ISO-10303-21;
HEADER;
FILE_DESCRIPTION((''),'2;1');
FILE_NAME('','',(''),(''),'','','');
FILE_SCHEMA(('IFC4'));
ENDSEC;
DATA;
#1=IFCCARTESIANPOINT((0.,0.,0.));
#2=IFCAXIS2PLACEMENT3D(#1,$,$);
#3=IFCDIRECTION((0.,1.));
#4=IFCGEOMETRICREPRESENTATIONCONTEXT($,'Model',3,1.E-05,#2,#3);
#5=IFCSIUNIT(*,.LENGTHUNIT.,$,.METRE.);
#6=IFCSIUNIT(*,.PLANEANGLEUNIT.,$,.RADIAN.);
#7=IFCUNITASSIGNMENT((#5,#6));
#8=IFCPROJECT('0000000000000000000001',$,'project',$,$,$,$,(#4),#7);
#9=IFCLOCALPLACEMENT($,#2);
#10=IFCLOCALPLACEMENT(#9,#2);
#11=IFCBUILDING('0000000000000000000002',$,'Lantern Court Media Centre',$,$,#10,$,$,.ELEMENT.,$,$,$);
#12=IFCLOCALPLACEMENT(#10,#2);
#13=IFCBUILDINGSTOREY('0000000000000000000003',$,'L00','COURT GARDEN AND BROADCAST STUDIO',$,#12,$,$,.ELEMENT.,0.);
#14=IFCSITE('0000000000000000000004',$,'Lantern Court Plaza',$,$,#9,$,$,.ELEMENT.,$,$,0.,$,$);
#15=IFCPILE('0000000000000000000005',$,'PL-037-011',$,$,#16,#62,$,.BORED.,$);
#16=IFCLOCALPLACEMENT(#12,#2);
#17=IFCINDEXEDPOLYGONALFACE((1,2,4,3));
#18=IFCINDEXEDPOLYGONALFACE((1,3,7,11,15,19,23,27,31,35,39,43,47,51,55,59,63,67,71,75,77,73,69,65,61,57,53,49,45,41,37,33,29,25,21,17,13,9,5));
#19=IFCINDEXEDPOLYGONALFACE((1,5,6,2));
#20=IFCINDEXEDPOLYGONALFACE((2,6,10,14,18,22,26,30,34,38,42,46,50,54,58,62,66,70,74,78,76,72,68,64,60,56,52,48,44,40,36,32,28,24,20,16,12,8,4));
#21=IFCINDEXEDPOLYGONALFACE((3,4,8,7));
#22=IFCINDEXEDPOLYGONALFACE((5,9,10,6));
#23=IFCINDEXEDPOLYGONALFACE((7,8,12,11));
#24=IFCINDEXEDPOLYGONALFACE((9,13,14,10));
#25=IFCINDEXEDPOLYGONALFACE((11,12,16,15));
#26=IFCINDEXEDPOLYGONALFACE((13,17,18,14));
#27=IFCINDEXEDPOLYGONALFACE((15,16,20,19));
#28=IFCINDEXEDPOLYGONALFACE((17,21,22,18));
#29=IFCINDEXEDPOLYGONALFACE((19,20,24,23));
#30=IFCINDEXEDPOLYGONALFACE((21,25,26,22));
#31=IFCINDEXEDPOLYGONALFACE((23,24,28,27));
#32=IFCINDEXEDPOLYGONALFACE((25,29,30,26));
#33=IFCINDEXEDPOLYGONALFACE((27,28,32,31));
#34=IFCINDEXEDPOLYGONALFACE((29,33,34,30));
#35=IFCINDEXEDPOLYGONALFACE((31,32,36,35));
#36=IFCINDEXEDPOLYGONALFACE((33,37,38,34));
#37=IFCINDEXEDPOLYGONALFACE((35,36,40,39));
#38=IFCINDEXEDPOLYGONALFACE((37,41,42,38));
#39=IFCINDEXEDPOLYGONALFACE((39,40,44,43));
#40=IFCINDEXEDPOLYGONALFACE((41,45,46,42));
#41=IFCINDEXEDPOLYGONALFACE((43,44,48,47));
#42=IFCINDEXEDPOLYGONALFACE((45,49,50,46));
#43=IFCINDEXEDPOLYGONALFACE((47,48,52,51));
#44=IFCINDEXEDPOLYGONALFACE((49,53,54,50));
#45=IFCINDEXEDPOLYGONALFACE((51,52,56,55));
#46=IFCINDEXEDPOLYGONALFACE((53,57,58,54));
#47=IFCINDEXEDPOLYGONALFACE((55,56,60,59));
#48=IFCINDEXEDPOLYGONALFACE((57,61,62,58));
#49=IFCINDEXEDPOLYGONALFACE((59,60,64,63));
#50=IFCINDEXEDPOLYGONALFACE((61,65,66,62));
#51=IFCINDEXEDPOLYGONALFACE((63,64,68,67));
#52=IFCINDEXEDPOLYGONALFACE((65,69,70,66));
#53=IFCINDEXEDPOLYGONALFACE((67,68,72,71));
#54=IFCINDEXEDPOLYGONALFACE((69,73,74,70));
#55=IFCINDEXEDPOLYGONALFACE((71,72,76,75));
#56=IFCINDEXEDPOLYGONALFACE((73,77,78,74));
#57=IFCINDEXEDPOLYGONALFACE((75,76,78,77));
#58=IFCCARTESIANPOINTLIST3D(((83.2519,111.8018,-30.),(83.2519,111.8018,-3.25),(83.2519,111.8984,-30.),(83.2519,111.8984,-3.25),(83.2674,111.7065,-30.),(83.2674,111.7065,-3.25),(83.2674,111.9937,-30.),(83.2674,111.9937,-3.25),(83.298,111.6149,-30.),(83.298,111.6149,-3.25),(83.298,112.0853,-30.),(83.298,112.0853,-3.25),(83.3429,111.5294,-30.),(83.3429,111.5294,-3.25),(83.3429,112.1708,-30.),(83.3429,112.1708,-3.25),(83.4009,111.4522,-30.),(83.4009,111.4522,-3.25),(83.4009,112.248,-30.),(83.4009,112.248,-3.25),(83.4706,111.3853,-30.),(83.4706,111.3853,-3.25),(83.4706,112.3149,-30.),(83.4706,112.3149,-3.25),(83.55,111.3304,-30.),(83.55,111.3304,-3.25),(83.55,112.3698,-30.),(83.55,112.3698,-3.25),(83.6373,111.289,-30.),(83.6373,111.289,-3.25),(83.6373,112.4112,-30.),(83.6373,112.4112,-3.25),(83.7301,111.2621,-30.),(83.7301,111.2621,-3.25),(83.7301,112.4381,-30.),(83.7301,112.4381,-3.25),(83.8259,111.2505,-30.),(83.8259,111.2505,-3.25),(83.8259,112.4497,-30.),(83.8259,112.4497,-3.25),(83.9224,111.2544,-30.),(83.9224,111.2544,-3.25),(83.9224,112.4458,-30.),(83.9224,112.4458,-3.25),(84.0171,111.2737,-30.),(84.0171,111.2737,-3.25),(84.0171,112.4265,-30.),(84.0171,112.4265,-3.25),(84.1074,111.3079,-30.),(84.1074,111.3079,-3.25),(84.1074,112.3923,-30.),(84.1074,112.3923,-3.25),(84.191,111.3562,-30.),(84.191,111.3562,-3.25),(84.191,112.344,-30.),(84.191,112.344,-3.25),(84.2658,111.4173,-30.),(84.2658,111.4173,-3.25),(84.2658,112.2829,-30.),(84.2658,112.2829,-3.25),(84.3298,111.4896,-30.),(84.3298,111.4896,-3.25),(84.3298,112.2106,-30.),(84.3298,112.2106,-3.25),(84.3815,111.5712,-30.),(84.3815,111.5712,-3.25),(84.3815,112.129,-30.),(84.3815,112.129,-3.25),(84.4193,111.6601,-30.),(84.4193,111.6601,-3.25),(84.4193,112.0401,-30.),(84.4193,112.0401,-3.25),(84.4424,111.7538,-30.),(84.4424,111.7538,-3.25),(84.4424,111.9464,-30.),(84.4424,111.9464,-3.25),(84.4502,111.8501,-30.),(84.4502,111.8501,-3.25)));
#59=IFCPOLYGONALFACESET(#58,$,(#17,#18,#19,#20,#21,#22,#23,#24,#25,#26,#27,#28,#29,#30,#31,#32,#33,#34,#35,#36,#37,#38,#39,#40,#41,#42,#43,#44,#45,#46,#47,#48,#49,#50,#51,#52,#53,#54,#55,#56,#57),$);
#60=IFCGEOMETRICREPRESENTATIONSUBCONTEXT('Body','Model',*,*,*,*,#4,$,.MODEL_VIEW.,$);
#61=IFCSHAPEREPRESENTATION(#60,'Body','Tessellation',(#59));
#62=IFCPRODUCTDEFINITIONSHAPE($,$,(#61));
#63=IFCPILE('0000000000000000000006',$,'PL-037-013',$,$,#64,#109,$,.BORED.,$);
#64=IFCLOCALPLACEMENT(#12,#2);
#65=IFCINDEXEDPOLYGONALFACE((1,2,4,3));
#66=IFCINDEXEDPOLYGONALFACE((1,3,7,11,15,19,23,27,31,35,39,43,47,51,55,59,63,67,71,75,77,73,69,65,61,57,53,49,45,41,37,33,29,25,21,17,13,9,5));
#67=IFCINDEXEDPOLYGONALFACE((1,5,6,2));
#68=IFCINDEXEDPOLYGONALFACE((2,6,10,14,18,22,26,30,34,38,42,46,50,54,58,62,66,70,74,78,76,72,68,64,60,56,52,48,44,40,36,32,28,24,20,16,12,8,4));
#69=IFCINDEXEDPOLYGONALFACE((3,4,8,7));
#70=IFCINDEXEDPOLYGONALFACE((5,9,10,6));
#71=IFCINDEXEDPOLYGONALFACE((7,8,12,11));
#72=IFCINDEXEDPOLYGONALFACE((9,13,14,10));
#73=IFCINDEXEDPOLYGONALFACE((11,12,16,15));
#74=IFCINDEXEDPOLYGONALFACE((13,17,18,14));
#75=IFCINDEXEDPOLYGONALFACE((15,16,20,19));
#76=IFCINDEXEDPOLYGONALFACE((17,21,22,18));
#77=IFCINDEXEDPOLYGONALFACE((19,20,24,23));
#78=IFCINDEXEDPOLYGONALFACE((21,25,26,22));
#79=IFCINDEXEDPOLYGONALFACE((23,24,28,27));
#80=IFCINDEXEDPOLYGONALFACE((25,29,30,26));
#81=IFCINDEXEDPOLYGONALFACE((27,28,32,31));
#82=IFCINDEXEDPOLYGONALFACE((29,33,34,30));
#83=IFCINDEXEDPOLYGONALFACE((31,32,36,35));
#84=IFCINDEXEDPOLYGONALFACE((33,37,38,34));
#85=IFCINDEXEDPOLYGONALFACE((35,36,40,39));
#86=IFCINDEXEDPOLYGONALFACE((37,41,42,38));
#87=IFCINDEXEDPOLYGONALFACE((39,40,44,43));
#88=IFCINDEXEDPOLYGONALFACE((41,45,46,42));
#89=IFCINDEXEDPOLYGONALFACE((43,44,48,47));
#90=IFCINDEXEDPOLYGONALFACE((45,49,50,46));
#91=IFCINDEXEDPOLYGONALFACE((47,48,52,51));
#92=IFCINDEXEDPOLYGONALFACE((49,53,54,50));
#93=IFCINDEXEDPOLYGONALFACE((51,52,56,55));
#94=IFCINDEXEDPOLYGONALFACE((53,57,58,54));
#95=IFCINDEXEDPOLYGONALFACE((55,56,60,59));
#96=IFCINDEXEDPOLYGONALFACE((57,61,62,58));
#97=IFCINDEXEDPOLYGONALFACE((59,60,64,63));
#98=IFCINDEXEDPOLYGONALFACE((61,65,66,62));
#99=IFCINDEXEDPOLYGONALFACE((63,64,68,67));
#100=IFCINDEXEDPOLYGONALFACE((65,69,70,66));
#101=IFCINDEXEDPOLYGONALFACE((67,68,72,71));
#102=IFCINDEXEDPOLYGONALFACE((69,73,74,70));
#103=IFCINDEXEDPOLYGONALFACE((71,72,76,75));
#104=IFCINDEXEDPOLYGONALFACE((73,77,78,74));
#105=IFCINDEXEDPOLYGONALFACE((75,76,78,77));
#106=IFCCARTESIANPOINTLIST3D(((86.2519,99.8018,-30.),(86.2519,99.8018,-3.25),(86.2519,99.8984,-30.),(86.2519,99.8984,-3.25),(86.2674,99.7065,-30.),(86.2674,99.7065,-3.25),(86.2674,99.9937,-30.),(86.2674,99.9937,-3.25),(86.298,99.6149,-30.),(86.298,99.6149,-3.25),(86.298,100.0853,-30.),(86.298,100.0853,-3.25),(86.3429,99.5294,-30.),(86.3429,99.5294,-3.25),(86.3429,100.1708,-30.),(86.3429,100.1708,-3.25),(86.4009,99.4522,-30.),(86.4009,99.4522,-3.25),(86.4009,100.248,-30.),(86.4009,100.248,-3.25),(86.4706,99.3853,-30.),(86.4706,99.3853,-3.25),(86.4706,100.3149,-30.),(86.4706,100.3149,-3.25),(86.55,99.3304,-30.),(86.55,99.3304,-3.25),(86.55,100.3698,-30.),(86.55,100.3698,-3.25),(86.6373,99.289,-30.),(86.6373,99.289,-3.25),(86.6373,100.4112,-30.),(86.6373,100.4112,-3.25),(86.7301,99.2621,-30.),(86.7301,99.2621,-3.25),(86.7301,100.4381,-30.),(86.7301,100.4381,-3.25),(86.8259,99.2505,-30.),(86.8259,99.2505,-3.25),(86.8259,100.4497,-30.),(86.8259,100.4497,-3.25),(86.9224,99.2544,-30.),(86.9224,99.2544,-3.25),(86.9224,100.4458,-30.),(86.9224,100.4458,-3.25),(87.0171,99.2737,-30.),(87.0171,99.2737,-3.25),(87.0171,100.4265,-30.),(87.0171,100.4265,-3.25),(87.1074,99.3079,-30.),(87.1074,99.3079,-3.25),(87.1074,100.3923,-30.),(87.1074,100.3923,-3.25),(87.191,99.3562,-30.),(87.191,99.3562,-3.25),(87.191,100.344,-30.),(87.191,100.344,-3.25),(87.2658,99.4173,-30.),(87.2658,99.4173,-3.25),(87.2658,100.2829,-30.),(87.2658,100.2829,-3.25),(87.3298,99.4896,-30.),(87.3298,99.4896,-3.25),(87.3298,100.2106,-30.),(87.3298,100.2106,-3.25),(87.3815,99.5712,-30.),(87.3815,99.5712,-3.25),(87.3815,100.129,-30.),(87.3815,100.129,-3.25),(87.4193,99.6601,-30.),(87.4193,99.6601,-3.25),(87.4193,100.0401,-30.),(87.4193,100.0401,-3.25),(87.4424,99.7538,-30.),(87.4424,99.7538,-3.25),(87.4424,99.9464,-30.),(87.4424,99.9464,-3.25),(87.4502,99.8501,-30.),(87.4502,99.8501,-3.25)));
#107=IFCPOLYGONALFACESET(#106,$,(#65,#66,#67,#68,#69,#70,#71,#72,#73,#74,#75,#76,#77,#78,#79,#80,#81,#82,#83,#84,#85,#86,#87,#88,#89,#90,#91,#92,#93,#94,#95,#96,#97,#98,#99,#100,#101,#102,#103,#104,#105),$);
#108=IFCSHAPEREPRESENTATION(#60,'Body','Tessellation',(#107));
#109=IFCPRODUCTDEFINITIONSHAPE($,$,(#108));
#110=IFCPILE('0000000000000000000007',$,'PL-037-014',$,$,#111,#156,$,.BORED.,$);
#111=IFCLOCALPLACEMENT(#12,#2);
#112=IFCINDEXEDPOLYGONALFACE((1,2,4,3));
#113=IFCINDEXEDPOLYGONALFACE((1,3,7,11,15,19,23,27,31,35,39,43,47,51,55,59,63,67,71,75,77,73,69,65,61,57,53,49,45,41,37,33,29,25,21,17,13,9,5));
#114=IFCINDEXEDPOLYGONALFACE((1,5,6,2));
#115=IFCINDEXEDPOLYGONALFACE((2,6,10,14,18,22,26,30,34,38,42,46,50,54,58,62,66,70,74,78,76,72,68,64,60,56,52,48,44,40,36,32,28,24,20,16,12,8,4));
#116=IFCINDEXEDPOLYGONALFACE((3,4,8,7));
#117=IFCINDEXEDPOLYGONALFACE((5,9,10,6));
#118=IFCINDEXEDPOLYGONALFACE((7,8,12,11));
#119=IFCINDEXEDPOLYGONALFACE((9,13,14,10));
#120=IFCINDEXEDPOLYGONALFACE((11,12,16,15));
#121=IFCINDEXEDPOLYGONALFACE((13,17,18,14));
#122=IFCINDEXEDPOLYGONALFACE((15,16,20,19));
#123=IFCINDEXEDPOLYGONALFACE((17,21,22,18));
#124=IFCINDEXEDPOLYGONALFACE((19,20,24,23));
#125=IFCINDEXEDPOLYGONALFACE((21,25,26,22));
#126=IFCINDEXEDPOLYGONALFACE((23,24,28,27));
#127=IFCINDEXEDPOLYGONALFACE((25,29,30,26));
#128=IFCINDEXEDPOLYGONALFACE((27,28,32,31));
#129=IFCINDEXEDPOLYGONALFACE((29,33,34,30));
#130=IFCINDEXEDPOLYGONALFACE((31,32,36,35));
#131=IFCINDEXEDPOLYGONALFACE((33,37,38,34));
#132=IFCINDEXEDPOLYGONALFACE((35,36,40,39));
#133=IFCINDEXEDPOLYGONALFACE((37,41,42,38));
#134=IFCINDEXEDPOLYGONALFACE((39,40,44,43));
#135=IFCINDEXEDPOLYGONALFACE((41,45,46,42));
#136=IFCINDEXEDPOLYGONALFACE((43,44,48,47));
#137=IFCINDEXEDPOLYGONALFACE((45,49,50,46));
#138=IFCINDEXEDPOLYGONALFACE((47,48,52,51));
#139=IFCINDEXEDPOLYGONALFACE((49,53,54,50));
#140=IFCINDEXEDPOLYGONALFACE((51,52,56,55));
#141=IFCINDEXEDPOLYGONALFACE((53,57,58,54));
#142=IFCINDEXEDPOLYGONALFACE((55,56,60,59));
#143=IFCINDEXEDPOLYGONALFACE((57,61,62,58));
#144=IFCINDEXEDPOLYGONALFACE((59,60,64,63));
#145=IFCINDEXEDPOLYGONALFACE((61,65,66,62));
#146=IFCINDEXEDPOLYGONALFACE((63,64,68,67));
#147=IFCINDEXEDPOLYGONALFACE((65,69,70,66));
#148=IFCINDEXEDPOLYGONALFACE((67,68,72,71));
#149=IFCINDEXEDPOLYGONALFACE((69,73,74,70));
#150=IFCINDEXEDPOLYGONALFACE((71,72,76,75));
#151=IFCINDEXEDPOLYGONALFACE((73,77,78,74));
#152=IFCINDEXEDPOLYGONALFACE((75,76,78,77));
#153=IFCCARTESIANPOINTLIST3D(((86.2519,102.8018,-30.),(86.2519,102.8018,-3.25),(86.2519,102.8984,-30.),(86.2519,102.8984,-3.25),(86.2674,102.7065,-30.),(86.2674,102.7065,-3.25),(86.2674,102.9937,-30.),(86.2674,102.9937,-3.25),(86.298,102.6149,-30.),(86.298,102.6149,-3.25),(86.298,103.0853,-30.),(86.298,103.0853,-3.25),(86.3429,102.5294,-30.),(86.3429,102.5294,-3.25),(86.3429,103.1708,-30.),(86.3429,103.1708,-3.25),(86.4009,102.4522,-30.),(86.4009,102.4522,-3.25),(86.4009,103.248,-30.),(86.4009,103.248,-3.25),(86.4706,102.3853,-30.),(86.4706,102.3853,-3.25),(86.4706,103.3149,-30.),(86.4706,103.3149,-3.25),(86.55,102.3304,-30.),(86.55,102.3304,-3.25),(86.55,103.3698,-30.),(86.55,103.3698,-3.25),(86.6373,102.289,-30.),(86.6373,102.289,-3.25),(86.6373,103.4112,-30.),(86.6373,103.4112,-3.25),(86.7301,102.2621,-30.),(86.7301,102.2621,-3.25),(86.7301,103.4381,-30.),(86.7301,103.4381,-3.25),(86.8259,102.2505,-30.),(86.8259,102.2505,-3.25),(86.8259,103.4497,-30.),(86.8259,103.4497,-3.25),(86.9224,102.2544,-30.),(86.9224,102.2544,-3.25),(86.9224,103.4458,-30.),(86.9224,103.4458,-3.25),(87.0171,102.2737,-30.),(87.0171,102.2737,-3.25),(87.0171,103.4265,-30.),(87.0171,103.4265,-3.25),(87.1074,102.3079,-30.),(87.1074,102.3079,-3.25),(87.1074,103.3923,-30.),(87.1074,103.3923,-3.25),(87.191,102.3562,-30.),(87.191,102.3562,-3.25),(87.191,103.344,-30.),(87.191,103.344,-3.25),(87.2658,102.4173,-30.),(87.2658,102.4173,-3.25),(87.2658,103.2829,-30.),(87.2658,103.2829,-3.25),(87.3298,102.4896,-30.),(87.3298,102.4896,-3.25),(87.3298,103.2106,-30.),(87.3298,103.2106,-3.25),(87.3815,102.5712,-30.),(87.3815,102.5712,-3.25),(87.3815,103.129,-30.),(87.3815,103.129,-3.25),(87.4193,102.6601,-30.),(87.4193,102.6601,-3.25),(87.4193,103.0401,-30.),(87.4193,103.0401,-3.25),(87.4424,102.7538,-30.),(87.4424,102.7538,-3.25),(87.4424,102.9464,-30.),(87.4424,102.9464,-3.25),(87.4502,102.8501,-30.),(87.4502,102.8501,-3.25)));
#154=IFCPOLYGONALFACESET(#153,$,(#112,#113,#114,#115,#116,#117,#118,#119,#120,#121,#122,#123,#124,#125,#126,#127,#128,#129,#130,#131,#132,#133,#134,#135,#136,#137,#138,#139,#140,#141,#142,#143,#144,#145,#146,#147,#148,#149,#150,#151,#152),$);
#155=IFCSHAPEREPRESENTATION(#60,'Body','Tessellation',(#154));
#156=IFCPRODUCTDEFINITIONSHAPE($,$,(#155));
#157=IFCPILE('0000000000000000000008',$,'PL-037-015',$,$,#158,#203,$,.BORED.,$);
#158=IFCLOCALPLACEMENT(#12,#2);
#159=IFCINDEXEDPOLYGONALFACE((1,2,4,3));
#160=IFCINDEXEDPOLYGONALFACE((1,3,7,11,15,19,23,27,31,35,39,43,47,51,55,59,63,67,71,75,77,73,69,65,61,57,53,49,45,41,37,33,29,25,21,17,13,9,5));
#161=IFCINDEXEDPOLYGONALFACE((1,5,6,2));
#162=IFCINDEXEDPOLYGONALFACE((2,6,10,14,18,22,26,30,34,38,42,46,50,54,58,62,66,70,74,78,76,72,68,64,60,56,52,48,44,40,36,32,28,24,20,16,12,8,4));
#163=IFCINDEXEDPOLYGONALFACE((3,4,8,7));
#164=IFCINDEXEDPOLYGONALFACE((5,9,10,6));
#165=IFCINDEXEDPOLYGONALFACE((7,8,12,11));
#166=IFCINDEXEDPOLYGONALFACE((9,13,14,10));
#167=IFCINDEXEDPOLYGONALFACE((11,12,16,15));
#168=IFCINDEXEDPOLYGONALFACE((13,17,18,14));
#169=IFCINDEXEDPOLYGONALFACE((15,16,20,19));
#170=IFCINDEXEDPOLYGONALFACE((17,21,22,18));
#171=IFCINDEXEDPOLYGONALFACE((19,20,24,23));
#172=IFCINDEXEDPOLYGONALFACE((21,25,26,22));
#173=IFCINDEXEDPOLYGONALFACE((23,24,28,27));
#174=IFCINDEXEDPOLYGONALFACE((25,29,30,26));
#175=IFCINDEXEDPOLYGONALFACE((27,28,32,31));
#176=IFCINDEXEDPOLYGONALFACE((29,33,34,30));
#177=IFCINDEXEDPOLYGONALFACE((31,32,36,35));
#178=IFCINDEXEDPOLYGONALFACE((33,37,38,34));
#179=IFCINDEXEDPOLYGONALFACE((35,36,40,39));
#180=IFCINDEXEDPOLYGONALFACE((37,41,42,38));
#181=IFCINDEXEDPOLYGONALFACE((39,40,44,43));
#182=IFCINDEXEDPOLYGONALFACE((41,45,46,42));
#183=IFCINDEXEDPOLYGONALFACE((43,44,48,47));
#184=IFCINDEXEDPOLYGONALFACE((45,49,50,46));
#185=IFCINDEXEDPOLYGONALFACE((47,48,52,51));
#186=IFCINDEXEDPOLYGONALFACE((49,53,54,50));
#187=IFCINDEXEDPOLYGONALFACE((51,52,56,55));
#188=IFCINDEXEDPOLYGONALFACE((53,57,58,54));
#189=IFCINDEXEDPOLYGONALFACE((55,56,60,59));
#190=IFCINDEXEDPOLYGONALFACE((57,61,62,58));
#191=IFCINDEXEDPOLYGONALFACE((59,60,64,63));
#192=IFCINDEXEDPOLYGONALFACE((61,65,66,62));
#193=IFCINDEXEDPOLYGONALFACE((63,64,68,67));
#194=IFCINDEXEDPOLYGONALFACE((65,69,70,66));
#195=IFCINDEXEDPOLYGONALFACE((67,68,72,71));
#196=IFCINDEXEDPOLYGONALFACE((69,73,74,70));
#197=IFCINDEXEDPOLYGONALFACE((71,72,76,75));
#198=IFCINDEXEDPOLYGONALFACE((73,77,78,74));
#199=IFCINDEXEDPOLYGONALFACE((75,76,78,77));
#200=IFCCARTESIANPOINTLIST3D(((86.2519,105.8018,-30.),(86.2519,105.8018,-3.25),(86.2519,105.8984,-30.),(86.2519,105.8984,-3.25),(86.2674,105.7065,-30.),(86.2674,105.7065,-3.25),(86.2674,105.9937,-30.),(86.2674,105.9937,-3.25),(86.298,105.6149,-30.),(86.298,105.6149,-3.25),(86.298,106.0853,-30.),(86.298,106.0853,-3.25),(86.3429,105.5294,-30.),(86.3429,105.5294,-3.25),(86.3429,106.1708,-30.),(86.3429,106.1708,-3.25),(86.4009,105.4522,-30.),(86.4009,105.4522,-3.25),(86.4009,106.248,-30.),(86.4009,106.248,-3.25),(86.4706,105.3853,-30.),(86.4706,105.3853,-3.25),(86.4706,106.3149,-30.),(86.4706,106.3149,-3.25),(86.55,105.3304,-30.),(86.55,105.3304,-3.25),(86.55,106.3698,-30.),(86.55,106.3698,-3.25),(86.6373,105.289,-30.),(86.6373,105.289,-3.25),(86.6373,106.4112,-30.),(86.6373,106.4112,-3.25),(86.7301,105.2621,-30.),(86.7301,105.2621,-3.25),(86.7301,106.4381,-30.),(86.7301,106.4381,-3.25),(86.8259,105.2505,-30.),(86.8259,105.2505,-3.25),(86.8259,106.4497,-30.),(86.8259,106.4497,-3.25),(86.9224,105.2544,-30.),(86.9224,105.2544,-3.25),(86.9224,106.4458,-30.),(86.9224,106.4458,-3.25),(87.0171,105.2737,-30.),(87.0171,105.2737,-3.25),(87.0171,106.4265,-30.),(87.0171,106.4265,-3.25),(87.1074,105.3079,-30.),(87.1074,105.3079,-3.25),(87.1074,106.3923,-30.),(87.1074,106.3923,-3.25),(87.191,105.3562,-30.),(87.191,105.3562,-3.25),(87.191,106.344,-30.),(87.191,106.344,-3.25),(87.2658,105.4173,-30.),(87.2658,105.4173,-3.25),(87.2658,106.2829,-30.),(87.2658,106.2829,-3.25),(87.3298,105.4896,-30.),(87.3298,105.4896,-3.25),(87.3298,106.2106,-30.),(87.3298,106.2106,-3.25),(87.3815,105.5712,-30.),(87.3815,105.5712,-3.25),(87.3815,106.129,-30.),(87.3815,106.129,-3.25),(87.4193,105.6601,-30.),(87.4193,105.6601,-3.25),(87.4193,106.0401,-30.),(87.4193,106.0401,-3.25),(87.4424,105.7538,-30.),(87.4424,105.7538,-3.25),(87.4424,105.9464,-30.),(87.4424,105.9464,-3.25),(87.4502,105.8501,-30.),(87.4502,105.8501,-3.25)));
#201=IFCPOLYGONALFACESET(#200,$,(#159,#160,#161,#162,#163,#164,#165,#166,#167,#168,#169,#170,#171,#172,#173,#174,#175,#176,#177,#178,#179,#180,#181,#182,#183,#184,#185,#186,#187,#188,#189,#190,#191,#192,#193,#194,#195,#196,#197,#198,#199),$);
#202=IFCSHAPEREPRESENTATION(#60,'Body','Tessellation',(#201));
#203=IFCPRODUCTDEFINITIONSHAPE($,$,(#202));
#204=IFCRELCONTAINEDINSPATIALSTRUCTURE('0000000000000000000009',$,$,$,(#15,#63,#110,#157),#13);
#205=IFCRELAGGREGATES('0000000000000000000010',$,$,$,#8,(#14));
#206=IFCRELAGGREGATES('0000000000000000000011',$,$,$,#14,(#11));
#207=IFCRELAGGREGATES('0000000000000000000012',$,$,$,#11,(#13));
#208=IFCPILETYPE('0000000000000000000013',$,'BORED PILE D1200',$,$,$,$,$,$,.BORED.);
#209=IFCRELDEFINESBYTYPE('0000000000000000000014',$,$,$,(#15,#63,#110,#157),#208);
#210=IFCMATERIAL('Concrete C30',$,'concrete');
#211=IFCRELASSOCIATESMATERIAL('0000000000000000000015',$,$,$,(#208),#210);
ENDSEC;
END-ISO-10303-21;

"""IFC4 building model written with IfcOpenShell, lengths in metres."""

from ifc_helpers import new_model, si_unit, direction, frame, origin, origin_2d, place, context, subcontext, project, spatial, circle, extrude, material, material_profile, profile_set, type_object, element, save


model = new_model("IFC4")

# Units and contexts
model_context = context("Model", 3, precision=1e-05, world=origin(), true_north=direction((0.0, 1.0)))
body_context = subcontext(model_context, "Body", "Model", "MODEL_VIEW")
ifc_project = project(units=[si_unit("LENGTHUNIT", "METRE"), si_unit("PLANEANGLEUNIT", "RADIAN")], contexts=[model_context])

# Site, building, storey
site_placement = place(None, origin())
site = spatial("IfcSite", under=ifc_project, at=site_placement, Name="Lantern Court Plaza", CompositionType="ELEMENT", RefElevation=0.0)
building_placement = place(site_placement, origin())
building = spatial("IfcBuilding", under=site, at=building_placement, Name="Lantern Court Media Centre", CompositionType="ELEMENT")
storey_placement = place(building_placement, origin())
storey = spatial("IfcBuildingStorey", under=building, at=storey_placement, Name="L00", Description="COURT GARDEN AND BROADCAST STUDIO", CompositionType="ELEMENT", Elevation=0.0)

# Piles
ifc_material_1 = material(Name="Concrete C30", Category="concrete")
ifc_material_profile = material_profile(ifc_material_1, circle(Radius=0.6001, at=origin_2d()), Name="D1200")
ifc_profile_set = profile_set([ifc_material_profile], Name="Concrete C30")
pile_type = type_object("IfcPileType", Name="BORED PILE D1200", PredefinedType="BORED", material=ifc_profile_set)
for number, where, z_axis, x_axis, name in (
    (1, (83.8501, 111.8501, -3.25), (0.0, 0.0, -1.0), (1.0, 0.0, 0.0), "PL-037-011"),
    (2, (86.8501, 99.8501, -3.25), (0.0, 0.0, -1.0), (1.0, 0.0, 0.0), "PL-037-013"),
    (3, (86.8501, 102.8501, -3.25), (0.0, 0.0, -1.0), (1.0, 0.0, 0.0), "PL-037-014"),
    (4, (86.8501, 105.8501, -3.25), (0.0, 0.0, -1.0), (1.0, 0.0, 0.0), "PL-037-015"),
):
    element("IfcPile", number, at=place(storey_placement, frame(where, z_axis=z_axis, x_axis=x_axis)), inside=storey, type_object=pile_type, Name=name, PredefinedType="BORED", context=body_context, shape_type="SweptSolid", body=[
        extrude(circle(Radius=0.6001, at=origin_2d()), origin(), (0.0, 0.0, 1.0), 26.75),
    ])

save(model, "model.ifc")
